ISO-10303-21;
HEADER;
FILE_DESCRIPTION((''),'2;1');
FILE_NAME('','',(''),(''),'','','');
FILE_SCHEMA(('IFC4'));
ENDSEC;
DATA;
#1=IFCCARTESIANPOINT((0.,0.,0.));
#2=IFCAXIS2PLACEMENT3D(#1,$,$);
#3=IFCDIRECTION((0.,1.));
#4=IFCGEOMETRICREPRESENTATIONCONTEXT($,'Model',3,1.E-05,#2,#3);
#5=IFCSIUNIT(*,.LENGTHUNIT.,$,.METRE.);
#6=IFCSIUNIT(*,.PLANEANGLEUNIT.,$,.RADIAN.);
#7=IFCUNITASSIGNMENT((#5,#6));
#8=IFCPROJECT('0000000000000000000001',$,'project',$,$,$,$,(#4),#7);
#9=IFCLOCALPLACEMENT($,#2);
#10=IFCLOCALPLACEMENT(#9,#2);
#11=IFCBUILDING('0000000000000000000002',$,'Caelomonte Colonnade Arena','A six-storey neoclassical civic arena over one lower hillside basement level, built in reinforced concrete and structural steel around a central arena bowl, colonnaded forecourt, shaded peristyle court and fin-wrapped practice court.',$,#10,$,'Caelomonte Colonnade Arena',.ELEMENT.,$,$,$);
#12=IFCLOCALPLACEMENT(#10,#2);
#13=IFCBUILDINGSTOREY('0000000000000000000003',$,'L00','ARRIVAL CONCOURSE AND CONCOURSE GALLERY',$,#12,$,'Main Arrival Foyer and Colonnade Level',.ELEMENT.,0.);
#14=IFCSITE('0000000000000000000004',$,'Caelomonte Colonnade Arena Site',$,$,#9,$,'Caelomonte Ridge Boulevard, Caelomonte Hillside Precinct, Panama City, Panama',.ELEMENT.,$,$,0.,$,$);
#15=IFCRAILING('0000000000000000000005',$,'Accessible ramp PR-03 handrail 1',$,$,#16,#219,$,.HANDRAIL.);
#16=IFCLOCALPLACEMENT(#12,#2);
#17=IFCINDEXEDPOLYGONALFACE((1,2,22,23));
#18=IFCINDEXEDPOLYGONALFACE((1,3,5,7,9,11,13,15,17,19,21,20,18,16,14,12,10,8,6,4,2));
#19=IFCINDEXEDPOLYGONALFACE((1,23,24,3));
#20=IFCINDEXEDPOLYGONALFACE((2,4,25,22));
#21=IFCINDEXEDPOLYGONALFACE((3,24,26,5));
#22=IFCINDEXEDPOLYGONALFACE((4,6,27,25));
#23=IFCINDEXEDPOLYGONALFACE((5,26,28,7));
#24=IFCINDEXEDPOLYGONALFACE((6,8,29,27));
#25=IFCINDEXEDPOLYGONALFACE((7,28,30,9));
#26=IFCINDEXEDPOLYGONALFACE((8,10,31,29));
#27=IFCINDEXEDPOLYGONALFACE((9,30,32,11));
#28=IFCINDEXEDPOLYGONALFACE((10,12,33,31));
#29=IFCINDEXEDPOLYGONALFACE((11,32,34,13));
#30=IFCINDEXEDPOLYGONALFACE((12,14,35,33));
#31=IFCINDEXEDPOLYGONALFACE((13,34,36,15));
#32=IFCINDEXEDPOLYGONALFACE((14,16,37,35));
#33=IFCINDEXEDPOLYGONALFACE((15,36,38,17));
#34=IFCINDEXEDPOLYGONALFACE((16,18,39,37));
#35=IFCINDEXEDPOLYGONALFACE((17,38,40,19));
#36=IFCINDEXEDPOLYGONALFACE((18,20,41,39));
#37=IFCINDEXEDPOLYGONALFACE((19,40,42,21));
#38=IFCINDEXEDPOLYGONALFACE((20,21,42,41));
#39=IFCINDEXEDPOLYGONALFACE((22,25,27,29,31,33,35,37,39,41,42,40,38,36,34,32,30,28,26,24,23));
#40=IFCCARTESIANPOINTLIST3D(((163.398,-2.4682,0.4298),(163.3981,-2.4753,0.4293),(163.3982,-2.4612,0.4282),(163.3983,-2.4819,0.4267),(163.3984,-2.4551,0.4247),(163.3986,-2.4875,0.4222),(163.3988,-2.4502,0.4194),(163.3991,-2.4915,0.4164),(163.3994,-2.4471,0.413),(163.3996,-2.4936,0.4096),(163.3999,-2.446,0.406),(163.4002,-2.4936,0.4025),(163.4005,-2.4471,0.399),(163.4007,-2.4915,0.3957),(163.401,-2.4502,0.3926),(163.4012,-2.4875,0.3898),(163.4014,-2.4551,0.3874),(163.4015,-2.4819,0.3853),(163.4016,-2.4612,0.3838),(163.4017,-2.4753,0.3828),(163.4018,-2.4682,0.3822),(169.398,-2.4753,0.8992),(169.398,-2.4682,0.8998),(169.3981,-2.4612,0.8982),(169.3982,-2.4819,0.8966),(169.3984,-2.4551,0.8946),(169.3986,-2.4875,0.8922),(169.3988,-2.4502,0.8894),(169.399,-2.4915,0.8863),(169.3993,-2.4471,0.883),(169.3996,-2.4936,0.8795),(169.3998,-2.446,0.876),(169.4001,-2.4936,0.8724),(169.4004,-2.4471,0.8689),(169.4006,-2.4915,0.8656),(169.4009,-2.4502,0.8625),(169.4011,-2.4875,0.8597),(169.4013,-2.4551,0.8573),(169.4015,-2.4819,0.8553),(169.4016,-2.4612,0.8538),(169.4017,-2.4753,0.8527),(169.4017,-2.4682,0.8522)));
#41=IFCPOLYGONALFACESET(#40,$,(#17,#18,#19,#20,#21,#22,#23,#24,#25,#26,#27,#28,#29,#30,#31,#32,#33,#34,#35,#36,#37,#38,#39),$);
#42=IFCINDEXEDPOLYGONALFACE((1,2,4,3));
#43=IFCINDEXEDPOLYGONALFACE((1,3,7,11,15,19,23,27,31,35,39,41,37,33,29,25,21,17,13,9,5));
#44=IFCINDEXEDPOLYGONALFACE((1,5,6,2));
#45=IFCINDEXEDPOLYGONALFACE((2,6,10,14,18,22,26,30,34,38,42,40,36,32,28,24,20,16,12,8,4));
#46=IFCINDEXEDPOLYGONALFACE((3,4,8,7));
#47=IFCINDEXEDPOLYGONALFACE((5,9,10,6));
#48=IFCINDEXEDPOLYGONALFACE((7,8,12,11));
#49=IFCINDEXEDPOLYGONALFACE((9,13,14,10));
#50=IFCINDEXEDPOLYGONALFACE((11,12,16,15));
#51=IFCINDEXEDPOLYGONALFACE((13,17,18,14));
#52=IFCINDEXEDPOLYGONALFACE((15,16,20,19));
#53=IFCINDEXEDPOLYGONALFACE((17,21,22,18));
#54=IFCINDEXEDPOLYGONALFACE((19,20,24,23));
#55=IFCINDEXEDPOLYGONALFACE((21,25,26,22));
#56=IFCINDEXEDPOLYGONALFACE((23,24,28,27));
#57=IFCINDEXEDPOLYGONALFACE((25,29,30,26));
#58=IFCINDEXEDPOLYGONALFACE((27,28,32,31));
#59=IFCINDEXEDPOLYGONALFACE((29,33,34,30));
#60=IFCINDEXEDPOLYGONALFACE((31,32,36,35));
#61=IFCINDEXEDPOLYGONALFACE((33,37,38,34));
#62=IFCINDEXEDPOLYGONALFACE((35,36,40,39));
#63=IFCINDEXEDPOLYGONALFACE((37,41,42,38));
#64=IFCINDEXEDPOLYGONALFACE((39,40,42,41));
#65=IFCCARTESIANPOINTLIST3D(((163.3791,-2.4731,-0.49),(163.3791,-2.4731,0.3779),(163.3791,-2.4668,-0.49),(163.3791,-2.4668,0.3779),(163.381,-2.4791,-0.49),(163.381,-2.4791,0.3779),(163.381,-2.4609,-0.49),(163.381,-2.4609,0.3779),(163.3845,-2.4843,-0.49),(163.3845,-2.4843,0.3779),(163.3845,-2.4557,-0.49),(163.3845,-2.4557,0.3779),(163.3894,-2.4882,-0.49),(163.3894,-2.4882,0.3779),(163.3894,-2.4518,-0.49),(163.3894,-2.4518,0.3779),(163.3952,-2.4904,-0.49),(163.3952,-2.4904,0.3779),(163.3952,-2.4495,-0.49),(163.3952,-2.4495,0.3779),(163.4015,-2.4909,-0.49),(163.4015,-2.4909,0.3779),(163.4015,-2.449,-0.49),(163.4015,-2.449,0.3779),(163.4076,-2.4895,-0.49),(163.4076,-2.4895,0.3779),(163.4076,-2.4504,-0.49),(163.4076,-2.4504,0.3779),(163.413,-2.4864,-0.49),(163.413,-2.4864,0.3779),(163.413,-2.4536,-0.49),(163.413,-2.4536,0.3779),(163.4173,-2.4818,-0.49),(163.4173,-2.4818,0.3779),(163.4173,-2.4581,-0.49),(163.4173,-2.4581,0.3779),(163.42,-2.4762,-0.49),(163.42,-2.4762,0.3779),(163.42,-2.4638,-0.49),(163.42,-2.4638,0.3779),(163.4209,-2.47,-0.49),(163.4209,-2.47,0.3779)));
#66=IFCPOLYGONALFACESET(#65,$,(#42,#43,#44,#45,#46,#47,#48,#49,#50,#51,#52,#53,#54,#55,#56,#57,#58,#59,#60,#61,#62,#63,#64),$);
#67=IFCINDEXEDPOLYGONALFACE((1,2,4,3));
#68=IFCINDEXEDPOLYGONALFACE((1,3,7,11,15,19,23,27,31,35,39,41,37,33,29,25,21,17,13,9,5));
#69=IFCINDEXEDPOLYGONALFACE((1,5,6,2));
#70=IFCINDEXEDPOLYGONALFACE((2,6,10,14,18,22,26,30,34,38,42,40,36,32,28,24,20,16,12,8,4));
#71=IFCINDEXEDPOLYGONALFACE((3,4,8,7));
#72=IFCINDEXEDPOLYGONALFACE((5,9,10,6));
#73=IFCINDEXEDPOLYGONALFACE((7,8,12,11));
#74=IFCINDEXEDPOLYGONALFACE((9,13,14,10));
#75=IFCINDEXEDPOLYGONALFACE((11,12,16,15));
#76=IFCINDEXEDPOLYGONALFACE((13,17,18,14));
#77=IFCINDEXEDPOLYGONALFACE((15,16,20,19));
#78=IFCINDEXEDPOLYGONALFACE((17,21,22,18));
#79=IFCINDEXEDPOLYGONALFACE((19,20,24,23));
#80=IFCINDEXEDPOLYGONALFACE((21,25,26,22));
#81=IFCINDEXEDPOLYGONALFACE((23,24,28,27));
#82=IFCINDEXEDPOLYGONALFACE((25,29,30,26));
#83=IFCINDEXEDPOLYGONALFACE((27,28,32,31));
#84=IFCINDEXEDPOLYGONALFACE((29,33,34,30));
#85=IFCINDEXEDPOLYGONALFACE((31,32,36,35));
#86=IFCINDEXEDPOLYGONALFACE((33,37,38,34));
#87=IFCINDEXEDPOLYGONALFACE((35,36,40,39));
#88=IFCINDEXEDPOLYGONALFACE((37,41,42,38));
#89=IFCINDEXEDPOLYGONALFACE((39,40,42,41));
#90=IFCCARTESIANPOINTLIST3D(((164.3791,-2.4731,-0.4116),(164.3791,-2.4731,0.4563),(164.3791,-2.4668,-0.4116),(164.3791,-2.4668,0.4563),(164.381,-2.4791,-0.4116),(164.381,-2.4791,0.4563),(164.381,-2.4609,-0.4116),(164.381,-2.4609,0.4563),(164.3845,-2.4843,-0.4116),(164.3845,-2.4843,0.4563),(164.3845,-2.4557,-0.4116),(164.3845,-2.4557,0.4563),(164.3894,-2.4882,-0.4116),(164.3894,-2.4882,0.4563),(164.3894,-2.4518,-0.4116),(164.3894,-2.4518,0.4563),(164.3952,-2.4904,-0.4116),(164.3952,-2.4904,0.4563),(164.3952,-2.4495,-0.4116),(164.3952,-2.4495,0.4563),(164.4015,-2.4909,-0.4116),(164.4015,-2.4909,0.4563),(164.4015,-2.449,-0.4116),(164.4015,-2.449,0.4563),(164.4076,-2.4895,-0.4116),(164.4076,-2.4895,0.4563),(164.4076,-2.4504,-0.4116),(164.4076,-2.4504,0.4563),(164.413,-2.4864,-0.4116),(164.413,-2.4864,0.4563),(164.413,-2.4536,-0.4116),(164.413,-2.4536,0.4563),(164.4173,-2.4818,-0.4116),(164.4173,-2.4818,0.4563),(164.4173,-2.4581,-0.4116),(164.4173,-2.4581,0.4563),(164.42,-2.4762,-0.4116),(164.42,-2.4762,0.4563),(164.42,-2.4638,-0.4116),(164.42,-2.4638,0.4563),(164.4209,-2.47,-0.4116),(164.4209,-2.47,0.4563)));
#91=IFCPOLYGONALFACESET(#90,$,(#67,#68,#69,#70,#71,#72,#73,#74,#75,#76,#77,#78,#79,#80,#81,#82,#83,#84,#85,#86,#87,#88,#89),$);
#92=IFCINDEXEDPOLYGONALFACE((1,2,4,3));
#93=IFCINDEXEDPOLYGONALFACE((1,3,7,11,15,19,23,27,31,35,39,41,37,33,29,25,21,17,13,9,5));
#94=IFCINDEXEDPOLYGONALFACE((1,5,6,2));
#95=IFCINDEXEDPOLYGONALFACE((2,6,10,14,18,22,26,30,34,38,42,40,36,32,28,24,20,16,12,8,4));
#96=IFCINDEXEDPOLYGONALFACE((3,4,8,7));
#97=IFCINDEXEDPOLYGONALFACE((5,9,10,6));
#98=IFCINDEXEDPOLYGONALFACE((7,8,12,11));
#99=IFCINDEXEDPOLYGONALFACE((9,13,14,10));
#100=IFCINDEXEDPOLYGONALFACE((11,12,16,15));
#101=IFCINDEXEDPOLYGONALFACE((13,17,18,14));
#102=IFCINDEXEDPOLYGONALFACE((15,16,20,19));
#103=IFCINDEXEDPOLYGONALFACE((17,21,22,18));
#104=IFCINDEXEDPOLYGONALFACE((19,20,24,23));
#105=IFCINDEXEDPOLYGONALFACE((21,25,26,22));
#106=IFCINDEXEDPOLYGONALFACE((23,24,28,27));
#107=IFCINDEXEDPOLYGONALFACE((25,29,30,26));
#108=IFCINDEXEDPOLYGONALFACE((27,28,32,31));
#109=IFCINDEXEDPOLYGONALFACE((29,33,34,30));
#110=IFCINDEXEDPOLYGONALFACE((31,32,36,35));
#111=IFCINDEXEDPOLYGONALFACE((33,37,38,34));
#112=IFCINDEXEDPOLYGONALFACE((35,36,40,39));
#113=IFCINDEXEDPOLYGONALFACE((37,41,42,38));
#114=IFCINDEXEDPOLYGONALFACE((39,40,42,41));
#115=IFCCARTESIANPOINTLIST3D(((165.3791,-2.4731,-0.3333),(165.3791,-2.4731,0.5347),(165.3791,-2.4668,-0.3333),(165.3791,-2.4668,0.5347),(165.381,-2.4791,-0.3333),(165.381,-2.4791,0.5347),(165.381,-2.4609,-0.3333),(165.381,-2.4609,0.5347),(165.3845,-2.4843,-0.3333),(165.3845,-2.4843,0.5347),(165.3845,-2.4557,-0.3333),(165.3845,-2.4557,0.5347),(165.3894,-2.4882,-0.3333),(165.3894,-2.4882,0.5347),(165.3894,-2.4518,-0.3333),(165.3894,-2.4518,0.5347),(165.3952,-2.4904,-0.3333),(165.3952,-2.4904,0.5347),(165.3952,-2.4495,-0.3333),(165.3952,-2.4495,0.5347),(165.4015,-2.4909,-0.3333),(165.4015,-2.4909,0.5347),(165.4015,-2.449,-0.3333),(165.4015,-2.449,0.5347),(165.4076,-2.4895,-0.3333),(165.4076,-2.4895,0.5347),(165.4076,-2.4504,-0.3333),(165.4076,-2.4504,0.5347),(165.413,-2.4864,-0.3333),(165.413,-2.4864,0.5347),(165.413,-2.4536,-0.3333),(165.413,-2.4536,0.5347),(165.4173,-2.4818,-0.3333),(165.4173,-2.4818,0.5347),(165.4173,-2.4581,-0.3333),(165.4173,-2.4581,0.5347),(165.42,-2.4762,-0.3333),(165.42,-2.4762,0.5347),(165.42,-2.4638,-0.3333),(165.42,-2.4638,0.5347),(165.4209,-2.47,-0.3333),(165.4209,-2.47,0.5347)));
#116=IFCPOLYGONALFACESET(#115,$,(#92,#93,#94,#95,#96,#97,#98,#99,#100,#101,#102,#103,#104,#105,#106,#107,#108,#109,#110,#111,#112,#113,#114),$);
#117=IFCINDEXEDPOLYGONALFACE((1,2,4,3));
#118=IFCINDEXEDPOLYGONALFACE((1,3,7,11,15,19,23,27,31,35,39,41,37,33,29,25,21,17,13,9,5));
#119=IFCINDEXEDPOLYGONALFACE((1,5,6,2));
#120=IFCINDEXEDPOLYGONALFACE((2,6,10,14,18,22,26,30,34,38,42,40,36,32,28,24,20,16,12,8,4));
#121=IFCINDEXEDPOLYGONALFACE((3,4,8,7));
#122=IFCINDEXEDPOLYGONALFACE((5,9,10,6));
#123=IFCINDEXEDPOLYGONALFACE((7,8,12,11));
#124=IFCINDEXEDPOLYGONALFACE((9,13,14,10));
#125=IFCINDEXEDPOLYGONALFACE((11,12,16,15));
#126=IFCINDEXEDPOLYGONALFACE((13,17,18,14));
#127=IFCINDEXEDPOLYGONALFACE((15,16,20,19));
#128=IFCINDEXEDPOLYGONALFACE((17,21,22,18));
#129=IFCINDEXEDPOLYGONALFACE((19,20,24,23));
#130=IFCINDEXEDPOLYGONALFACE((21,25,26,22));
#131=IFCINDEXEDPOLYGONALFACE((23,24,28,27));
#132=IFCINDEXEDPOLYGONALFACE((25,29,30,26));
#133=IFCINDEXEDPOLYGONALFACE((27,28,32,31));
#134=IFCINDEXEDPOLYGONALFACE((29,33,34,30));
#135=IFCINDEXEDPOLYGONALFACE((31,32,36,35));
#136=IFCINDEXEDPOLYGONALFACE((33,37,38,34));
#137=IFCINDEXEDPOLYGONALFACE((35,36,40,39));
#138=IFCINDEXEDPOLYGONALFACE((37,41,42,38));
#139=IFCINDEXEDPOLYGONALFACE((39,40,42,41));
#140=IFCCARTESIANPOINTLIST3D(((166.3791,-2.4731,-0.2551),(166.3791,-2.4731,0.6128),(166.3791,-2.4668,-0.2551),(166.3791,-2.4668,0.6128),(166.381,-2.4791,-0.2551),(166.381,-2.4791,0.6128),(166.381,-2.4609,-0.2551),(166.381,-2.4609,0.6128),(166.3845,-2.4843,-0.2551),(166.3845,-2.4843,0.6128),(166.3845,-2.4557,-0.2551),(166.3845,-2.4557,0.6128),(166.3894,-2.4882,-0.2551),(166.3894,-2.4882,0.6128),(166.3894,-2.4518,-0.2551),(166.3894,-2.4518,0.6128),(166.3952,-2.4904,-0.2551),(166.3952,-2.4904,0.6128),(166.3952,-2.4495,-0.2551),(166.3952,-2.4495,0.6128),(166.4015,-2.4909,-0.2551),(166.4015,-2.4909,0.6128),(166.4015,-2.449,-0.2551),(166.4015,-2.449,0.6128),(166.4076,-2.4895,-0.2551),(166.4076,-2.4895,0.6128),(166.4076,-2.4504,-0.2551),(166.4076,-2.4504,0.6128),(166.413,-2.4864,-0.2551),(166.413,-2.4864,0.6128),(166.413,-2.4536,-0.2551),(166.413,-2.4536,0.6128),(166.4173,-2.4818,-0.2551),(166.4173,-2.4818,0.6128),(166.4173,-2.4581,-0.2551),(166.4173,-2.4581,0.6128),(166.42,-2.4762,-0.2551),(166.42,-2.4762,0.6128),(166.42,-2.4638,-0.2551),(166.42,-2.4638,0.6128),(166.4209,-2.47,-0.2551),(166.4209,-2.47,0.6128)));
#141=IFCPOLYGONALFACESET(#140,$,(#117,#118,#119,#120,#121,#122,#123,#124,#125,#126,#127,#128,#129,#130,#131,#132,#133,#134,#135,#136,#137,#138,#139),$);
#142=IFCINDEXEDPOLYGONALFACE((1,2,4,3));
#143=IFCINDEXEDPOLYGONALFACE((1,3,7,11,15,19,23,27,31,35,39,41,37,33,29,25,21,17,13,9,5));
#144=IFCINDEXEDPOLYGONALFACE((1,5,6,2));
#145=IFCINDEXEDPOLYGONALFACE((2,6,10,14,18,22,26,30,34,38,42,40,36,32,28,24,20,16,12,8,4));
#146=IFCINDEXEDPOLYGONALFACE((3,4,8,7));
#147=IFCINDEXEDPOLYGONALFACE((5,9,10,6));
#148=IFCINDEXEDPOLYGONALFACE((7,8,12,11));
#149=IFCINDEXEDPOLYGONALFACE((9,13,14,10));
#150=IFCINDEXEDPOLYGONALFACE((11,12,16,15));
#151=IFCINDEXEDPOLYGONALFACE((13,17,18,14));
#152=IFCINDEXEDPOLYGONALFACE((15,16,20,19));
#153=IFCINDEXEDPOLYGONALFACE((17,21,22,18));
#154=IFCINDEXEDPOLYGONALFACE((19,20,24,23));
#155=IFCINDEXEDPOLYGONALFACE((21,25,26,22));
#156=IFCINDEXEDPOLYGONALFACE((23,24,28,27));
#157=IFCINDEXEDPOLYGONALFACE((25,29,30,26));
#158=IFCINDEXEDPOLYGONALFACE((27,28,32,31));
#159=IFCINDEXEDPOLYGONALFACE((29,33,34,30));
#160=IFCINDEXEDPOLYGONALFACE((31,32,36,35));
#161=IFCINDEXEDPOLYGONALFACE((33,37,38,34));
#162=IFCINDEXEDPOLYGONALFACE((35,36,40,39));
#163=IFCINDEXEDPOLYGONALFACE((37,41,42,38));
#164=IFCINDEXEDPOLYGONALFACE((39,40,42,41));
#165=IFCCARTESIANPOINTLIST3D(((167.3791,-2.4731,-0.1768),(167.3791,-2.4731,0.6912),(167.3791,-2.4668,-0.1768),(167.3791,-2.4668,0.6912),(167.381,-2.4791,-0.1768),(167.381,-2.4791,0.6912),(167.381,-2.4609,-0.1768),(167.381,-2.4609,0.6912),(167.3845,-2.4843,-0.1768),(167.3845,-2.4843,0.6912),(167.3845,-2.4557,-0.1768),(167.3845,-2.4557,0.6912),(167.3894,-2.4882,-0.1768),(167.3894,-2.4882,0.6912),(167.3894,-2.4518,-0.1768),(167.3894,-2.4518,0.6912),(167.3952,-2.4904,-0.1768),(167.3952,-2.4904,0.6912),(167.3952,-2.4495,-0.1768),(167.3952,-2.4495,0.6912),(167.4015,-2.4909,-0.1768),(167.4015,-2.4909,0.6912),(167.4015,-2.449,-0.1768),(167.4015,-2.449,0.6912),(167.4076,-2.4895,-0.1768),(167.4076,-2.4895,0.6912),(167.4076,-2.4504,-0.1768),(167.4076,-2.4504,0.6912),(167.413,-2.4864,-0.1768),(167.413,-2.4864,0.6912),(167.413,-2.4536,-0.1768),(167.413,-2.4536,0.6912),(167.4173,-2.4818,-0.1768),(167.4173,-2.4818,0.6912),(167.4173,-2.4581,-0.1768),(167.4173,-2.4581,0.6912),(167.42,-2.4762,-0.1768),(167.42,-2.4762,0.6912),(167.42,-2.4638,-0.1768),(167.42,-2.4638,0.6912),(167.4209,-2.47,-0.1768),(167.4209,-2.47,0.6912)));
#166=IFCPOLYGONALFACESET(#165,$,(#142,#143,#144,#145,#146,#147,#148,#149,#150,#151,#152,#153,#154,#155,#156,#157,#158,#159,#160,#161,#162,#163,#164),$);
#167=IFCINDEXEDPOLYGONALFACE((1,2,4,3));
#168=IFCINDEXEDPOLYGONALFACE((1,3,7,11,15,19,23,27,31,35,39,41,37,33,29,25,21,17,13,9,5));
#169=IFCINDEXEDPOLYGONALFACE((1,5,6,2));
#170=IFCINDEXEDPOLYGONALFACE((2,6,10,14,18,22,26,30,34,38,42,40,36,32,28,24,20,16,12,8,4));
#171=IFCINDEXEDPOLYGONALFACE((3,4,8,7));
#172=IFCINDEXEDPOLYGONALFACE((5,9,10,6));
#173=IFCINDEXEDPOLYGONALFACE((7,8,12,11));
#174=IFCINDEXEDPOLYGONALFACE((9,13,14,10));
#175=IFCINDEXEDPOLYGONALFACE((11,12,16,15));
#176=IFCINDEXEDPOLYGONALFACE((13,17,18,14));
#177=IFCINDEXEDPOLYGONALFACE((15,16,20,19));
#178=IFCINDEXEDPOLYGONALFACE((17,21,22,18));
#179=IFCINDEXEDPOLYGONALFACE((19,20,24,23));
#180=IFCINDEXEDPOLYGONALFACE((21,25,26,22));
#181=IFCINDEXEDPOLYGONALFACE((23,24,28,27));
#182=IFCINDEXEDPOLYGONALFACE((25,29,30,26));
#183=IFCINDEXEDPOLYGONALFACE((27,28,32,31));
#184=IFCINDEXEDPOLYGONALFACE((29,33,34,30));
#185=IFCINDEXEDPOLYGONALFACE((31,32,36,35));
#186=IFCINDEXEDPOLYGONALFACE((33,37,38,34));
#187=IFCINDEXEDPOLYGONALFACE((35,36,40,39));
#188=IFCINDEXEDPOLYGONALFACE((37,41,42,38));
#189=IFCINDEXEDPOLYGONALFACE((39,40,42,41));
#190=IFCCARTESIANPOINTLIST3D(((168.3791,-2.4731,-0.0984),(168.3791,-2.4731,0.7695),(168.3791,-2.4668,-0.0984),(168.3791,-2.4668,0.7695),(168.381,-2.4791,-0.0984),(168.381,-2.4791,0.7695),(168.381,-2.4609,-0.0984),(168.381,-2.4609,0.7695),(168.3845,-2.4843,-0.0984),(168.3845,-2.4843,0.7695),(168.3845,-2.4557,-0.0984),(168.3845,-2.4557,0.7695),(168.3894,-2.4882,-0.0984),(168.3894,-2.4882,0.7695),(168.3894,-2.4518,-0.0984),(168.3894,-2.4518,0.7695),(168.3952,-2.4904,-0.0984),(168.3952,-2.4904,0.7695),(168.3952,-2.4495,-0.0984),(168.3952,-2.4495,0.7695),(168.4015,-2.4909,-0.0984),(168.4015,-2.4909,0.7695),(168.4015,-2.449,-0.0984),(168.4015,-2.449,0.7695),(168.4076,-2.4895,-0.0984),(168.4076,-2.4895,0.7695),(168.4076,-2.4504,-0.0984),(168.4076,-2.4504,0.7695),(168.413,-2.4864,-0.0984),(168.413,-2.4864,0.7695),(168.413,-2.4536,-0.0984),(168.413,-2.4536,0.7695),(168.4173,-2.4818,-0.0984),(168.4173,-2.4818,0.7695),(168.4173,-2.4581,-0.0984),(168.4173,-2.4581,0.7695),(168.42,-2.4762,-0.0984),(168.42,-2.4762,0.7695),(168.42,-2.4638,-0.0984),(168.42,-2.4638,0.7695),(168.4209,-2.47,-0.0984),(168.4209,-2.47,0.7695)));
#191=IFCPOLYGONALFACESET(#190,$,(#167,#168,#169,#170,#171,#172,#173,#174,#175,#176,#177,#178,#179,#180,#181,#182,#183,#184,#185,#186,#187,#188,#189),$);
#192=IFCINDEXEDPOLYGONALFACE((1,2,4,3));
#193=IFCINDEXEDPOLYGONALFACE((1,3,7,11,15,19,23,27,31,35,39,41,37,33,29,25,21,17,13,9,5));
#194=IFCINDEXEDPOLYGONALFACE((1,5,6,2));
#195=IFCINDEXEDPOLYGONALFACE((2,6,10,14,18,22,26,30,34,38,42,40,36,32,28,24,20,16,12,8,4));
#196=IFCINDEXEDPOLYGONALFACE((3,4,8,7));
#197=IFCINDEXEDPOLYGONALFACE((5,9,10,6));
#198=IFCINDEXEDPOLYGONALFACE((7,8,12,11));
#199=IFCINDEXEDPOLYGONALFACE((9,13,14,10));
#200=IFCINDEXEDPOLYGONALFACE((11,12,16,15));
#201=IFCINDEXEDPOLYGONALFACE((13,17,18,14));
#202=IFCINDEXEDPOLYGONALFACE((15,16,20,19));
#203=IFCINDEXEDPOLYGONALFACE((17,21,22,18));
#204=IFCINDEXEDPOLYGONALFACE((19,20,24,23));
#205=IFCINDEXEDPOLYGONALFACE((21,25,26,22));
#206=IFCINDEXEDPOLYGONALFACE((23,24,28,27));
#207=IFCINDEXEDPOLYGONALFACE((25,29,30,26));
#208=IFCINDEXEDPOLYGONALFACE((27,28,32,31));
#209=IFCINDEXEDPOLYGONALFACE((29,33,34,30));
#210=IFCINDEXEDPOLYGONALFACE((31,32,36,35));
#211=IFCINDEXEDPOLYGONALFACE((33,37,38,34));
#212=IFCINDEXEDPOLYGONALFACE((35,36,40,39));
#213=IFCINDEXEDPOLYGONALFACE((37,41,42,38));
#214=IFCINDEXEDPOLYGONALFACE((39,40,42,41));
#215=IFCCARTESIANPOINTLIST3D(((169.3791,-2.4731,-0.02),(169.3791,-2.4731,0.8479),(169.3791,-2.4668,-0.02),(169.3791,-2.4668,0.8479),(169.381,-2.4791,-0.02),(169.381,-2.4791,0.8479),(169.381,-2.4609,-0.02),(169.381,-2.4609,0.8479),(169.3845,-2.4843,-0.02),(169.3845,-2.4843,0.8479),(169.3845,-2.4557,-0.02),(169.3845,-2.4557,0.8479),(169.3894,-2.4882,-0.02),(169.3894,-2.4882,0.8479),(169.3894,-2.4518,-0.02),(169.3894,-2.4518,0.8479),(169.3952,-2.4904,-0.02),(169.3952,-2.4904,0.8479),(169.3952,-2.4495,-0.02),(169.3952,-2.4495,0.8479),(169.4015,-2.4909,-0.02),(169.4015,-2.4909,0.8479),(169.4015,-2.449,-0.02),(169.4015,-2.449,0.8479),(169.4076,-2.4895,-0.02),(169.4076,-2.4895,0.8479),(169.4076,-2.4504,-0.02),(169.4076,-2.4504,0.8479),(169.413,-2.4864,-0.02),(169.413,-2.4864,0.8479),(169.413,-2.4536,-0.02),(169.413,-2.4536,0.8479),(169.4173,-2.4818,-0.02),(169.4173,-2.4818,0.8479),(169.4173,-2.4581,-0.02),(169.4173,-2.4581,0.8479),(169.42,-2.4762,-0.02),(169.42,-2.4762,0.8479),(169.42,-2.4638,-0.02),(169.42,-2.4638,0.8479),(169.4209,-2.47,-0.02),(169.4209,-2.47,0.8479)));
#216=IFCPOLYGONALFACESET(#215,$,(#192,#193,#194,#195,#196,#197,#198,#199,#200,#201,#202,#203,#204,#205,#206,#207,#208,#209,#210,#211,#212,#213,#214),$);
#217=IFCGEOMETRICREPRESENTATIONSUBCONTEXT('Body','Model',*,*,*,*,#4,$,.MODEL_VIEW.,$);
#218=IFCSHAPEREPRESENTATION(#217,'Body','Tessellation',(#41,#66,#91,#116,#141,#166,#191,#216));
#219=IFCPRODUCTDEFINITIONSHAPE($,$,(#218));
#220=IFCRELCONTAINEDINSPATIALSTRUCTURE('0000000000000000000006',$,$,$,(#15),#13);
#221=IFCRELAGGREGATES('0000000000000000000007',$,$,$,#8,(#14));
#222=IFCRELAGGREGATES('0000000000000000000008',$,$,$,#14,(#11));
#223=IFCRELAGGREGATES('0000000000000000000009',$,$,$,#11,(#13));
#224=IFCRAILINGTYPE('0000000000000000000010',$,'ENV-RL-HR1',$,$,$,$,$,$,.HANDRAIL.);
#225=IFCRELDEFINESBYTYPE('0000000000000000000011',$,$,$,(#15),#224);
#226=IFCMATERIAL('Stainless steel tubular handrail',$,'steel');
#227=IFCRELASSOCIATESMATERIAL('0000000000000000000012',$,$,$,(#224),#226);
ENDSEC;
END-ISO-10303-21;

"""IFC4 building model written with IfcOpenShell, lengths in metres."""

from ifc_helpers import new_model, si_unit, direction, frame, origin, origin_2d, place, context, subcontext, project, spatial, circle, extrude, material, type_object, element, save


model = new_model("IFC4")

# Units and contexts
model_context = context("Model", 3, precision=1e-05, world=origin(), true_north=direction((0.0, 1.0)))
body_context = subcontext(model_context, "Body", "Model", "MODEL_VIEW")
ifc_project = project(units=[si_unit("LENGTHUNIT", "METRE"), si_unit("PLANEANGLEUNIT", "RADIAN")], contexts=[model_context])

# Site, building, storey
site_placement = place(None, origin())
site = spatial("IfcSite", under=ifc_project, at=site_placement, Name="Caelomonte Colonnade Arena Site", LongName="Caelomonte Ridge Boulevard, Caelomonte Hillside Precinct, Panama City, Panama", CompositionType="ELEMENT", RefElevation=0.0)
building_placement = place(site_placement, origin())
building = spatial("IfcBuilding", under=site, at=building_placement, Name="Caelomonte Colonnade Arena", Description="A six-storey neoclassical civic arena over one lower hillside basement level, built in reinforced concrete and structural steel around a central arena bowl, colonnaded forecourt, shaded peristyle court and fin-wrapped practice court.", LongName="Caelomonte Colonnade Arena", CompositionType="ELEMENT")
storey_placement = place(building_placement, origin())
storey = spatial("IfcBuildingStorey", under=building, at=storey_placement, Name="L00", Description="ARRIVAL CONCOURSE AND CONCOURSE GALLERY", LongName="Main Arrival Foyer and Colonnade Level", CompositionType="ELEMENT", Elevation=0.0)

# Railing
ifc_material_1 = material(Name="Stainless steel tubular handrail", Category="steel")
railing_type = type_object("IfcRailingType", Name="ENV-RL-HR1", PredefinedType="HANDRAIL", material=ifc_material_1)
for number, where, name in (
    (1, (163.3999, -2.47, -0.49), "Accessible ramp PR-03 handrail 1"),
):
    element("IfcRailing", number, at=place(storey_placement, frame(where)), inside=storey, type_object=railing_type, Name=name, PredefinedType="HANDRAIL", context=body_context, shape_type="SweptSolid", body=[
        extrude(circle(Radius=0.0239, at=origin_2d()), frame((0.0, 0.0, 0.896), z_axis=(0.996946, 0.0, 0.078089), x_axis=(0.0, 1.0, 0.0)), (0.0, 0.0, 1.0), 6.0183),
        extrude(circle(Radius=0.021, at=origin_2d()), origin(), (0.0, 0.0, 1.0), 0.8679),
        extrude(circle(Radius=0.021, at=origin_2d()), frame((1.0, 0.0, 0.0784)), (0.0, 0.0, 1.0), 0.8679),
        extrude(circle(Radius=0.021, at=origin_2d()), frame((2.0, 0.0, 0.1567)), (0.0, 0.0, 1.0), 0.8679),
        extrude(circle(Radius=0.021, at=origin_2d()), frame((3.0, 0.0, 0.2349)), (0.0, 0.0, 1.0), 0.8679),
        extrude(circle(Radius=0.021, at=origin_2d()), frame((4.0, 0.0, 0.3132)), (0.0, 0.0, 1.0), 0.8679),
        extrude(circle(Radius=0.021, at=origin_2d()), frame((5.0, 0.0, 0.3916)), (0.0, 0.0, 1.0), 0.8679),
        extrude(circle(Radius=0.021, at=origin_2d()), frame((6.0, 0.0, 0.47)), (0.0, 0.0, 1.0), 0.8679),
    ])

save(model, "model.ifc")
